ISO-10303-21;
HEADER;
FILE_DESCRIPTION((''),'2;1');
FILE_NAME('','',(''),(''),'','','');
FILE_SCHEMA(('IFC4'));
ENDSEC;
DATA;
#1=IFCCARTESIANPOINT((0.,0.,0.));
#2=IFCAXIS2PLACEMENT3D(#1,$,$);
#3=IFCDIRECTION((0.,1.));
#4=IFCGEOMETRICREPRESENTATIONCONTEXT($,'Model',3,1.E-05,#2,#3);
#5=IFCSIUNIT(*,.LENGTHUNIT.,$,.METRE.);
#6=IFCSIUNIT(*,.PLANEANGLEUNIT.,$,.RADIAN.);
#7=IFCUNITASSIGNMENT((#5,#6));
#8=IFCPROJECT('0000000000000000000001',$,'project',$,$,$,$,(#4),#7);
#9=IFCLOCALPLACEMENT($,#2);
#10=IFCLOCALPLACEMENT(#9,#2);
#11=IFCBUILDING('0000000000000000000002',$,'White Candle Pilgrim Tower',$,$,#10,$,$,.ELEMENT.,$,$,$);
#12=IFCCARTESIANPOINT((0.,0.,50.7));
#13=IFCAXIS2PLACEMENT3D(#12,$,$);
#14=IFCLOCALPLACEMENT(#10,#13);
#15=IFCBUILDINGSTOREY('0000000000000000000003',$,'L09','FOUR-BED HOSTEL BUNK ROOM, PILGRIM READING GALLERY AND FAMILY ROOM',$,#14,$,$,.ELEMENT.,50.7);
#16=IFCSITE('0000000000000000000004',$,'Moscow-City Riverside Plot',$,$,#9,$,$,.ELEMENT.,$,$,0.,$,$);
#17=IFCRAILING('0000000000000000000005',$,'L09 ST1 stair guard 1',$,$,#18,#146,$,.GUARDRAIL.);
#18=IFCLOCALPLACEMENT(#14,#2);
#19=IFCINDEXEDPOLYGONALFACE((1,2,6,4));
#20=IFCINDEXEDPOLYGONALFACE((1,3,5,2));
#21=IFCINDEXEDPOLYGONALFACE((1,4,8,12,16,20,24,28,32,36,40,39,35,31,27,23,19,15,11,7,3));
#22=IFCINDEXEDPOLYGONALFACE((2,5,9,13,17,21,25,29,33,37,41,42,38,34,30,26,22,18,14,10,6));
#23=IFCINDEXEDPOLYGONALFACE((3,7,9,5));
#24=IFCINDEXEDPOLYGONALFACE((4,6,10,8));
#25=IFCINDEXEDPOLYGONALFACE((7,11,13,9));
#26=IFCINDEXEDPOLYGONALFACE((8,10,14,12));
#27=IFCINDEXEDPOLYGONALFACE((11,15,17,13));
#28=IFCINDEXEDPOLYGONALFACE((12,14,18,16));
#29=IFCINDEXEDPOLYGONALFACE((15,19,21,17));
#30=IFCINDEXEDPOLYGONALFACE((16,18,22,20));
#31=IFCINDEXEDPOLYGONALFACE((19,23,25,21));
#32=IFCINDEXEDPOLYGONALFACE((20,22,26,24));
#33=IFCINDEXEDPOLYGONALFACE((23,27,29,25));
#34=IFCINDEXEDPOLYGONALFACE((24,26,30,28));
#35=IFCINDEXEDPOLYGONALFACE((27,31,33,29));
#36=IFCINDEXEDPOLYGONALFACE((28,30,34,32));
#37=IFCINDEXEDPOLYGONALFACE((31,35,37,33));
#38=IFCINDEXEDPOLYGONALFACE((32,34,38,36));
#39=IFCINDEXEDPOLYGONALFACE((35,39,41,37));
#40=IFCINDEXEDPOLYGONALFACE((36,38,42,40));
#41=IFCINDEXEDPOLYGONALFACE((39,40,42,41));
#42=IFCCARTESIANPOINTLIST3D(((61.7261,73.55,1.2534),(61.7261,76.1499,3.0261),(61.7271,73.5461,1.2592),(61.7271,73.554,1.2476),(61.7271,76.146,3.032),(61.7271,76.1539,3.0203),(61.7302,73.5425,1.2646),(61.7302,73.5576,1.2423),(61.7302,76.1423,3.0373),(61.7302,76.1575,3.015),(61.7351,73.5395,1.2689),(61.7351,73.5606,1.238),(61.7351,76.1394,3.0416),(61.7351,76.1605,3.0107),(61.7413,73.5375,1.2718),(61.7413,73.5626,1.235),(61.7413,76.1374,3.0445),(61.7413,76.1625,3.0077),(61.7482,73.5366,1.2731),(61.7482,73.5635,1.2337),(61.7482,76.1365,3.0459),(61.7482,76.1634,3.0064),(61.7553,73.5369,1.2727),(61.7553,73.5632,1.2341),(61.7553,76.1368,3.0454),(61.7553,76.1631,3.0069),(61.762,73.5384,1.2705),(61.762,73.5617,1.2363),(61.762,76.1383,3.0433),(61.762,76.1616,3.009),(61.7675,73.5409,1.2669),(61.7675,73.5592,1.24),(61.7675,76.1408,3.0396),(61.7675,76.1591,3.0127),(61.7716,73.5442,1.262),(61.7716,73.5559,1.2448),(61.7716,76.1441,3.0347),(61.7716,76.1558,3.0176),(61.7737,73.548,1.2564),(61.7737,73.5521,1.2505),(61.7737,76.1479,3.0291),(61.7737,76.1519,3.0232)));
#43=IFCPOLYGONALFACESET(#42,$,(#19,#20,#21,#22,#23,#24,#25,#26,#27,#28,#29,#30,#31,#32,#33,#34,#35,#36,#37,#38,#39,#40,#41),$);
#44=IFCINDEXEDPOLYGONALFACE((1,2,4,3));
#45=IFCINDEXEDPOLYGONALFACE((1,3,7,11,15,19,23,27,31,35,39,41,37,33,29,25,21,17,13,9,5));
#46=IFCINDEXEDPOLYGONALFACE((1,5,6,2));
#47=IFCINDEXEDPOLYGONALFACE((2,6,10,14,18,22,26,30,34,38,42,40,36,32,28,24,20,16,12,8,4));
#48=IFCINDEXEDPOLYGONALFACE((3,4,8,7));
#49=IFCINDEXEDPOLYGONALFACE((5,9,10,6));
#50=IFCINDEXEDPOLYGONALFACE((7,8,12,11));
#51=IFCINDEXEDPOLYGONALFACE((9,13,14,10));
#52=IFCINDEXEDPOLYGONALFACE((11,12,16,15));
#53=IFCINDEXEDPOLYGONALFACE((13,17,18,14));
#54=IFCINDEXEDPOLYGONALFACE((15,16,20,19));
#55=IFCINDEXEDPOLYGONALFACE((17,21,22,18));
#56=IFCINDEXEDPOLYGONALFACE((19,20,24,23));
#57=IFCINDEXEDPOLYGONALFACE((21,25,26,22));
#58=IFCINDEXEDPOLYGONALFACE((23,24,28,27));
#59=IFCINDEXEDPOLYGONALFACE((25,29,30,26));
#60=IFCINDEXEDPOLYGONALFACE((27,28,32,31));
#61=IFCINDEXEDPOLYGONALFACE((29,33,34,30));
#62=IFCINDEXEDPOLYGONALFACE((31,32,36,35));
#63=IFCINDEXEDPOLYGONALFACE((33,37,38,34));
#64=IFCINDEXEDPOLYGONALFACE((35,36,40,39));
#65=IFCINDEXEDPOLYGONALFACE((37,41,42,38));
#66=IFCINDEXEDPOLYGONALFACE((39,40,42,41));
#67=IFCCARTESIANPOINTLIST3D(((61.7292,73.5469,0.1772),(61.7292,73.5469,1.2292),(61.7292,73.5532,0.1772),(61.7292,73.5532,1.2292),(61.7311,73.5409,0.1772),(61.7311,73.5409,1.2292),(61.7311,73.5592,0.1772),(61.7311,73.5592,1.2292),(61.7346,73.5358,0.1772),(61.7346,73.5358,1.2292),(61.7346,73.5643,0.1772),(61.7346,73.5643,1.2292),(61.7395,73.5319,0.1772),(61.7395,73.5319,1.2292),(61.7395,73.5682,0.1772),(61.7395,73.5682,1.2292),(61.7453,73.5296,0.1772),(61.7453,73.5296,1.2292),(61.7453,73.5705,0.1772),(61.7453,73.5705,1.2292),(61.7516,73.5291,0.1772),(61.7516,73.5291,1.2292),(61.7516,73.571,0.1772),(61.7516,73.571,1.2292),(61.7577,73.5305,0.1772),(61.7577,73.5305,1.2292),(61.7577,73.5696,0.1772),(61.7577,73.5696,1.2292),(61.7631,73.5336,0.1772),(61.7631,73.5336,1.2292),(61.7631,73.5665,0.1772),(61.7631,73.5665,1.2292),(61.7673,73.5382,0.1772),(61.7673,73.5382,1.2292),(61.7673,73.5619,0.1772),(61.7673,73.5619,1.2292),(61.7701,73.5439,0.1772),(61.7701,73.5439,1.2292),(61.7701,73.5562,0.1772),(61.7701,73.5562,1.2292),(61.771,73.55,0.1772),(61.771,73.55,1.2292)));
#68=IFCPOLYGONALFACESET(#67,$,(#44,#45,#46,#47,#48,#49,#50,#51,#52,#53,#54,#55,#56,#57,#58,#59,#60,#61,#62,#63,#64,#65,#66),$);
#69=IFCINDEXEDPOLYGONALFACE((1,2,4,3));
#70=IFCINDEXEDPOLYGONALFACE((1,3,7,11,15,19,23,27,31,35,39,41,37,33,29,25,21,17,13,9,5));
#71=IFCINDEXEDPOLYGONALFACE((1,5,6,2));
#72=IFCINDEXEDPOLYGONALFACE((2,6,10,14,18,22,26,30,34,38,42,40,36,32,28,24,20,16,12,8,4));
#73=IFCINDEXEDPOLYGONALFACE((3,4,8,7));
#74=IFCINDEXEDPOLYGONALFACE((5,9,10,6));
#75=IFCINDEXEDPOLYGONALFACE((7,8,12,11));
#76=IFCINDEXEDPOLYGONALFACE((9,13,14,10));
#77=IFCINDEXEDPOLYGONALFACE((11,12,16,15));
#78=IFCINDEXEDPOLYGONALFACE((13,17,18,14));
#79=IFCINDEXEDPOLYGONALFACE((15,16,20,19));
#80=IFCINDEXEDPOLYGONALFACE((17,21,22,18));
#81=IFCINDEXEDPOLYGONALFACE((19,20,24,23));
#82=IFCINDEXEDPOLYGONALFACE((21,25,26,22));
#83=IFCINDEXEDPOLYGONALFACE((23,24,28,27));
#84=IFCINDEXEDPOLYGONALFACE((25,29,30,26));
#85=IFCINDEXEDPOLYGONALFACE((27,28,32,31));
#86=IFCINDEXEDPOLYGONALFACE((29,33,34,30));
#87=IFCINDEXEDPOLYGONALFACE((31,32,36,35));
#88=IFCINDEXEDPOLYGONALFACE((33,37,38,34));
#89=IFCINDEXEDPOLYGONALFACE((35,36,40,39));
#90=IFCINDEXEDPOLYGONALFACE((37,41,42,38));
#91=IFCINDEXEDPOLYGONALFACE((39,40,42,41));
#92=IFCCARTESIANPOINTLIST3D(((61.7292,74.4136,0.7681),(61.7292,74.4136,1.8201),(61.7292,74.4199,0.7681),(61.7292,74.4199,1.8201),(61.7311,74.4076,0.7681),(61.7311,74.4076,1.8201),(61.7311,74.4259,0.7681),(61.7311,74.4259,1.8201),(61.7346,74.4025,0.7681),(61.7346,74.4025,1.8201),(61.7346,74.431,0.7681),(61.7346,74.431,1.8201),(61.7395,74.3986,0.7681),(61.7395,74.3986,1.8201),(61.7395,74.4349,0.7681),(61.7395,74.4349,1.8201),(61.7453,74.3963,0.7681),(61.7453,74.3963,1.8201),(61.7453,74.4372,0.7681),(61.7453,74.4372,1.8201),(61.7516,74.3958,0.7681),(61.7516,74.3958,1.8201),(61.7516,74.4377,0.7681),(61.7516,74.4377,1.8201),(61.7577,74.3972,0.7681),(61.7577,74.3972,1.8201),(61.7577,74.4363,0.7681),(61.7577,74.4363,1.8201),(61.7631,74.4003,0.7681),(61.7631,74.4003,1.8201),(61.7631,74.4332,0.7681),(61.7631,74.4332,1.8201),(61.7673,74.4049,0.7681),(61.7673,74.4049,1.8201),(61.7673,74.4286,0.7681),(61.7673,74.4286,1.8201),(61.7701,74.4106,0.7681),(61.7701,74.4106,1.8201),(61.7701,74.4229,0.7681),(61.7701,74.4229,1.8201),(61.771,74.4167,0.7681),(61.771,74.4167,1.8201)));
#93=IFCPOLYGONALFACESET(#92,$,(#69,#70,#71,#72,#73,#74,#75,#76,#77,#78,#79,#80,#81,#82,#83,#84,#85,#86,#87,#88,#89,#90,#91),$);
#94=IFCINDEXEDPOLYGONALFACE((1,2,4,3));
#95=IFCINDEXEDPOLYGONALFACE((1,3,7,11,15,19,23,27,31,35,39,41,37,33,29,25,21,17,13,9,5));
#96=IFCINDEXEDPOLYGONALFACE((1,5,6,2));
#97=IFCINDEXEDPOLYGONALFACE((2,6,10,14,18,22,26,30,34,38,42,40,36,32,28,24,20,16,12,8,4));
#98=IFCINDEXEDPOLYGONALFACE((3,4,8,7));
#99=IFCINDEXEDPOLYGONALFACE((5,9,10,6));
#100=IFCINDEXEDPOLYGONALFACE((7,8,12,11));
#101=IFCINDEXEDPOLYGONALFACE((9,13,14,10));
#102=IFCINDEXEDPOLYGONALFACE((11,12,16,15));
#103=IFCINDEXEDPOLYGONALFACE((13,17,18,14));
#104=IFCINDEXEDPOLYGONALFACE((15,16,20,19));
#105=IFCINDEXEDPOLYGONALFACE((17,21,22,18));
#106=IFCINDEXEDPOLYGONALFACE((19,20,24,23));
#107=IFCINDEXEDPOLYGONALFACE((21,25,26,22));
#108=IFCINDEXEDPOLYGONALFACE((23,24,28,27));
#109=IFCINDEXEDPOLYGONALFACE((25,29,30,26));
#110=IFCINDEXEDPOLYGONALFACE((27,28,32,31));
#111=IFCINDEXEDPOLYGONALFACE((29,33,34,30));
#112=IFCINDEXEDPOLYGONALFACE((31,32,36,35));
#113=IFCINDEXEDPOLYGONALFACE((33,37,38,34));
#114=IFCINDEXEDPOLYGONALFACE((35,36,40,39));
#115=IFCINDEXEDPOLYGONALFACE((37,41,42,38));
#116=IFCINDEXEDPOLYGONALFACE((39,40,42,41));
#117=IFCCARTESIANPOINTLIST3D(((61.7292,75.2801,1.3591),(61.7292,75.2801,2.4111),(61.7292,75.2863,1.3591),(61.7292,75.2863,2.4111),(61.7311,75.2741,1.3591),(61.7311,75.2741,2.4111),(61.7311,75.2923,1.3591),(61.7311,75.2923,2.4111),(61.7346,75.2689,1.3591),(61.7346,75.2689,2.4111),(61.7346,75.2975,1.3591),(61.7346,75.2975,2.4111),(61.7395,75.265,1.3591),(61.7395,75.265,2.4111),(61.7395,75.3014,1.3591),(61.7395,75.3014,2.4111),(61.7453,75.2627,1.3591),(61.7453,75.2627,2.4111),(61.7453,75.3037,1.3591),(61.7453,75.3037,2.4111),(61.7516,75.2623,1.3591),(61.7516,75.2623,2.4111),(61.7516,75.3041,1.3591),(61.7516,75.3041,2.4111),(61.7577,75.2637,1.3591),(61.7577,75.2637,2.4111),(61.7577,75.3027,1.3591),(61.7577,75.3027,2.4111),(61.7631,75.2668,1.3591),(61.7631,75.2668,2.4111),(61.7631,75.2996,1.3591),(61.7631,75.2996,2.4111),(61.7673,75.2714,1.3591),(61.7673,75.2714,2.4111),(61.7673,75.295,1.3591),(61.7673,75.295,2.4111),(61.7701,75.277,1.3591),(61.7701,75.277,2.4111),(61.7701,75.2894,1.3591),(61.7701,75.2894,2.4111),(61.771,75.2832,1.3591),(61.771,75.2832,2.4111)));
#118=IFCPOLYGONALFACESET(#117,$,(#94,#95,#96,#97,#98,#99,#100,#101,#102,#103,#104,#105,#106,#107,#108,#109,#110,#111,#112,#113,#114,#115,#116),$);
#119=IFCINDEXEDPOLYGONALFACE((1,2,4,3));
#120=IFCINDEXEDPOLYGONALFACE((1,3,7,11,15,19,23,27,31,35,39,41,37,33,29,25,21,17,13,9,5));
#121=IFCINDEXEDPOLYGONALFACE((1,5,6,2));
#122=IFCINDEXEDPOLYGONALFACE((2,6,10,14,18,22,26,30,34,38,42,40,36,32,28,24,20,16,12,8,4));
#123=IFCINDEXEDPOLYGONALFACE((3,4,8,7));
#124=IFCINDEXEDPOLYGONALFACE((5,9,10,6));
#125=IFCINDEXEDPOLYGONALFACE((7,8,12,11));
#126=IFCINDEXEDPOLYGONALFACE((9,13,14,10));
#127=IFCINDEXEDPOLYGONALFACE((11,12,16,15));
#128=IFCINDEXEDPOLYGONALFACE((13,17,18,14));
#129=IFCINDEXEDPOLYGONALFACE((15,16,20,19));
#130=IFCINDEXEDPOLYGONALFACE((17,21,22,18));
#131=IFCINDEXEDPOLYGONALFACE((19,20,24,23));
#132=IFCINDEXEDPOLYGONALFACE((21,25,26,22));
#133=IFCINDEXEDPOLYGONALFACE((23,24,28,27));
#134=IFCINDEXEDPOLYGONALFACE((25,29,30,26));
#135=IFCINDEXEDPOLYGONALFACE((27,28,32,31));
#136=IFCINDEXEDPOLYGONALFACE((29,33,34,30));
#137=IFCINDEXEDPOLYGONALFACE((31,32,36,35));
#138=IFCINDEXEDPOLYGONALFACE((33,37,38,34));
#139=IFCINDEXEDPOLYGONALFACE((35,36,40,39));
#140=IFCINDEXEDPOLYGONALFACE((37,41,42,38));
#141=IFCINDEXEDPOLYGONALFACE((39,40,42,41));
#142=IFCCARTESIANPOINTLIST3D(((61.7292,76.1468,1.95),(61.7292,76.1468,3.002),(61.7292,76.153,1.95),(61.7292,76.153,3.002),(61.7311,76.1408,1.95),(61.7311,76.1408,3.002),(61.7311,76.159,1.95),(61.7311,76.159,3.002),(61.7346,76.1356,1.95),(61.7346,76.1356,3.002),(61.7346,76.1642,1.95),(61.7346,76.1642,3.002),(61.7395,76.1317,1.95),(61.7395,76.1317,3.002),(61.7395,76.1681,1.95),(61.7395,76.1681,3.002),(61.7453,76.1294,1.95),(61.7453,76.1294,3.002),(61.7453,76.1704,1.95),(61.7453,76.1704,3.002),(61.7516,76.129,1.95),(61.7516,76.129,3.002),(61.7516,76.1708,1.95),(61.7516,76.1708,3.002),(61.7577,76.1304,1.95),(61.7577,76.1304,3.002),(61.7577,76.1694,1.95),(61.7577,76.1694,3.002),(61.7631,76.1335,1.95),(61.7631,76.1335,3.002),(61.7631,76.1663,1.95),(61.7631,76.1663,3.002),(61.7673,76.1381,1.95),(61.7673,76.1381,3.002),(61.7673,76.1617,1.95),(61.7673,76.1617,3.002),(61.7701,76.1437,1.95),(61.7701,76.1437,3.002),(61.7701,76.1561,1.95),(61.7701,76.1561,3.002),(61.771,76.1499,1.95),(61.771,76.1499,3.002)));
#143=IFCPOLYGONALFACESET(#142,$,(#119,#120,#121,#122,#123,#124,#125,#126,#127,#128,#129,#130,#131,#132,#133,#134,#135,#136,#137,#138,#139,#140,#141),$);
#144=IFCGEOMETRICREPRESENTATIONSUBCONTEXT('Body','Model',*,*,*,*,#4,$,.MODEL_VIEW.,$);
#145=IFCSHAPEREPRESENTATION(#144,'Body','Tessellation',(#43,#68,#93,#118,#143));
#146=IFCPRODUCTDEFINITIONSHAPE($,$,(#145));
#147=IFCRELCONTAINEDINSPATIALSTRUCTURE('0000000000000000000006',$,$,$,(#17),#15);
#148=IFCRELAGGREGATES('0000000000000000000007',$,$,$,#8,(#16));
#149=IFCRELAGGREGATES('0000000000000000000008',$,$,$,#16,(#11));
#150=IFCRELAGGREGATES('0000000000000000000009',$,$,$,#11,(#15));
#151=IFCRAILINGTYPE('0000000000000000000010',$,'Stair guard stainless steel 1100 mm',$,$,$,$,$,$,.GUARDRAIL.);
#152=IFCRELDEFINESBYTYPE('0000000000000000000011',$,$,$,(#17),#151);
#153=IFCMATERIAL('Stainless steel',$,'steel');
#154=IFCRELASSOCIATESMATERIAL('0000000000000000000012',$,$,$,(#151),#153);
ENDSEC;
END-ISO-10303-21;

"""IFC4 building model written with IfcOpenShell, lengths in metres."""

from ifc_helpers import new_model, si_unit, direction, frame, origin, origin_2d, place, context, subcontext, project, spatial, circle, extrude, material, type_object, element, save


model = new_model("IFC4")

# Units and contexts
model_context = context("Model", 3, precision=1e-05, world=origin(), true_north=direction((0.0, 1.0)))
body_context = subcontext(model_context, "Body", "Model", "MODEL_VIEW")
ifc_project = project(units=[si_unit("LENGTHUNIT", "METRE"), si_unit("PLANEANGLEUNIT", "RADIAN")], contexts=[model_context])

# Site, building, storey
site_placement = place(None, origin())
site = spatial("IfcSite", under=ifc_project, at=site_placement, Name="Moscow-City Riverside Plot", CompositionType="ELEMENT", RefElevation=0.0)
building_placement = place(site_placement, origin())
building = spatial("IfcBuilding", under=site, at=building_placement, Name="White Candle Pilgrim Tower", CompositionType="ELEMENT")
storey_placement = place(building_placement, frame((0.0, 0.0, 50.7)))
storey = spatial("IfcBuildingStorey", under=building, at=storey_placement, Name="L09", Description="FOUR-BED HOSTEL BUNK ROOM, PILGRIM READING GALLERY AND FAMILY ROOM", CompositionType="ELEMENT", Elevation=50.7)

# Railing
ifc_material_1 = material(Name="Stainless steel", Category="steel")
railing_type_1 = type_object("IfcRailingType", Name="Stair guard stainless steel 1100 mm", PredefinedType="GUARDRAIL", material=ifc_material_1)
railing_1_placement = place(storey_placement, frame((61.75, 73.55, 0.1772)))
element("IfcRailing", 1, at=railing_1_placement, inside=storey, type_object=railing_type_1, Name="L09 ST1 stair guard 1", PredefinedType="GUARDRAIL", context=body_context, shape_type="SweptSolid", body=[
    extrude(circle(Radius=0.0239, at=origin_2d()), frame((0.0, 0.0, 1.0762), z_axis=(0.0, 0.826216, 0.563354), x_axis=(-1.0, 0.0, 0.0)), (0.0, 0.0, 1.0), 3.1467),
    extrude(circle(Radius=0.021, at=origin_2d()), origin(), (0.0, 0.0, 1.0), 1.052),
    extrude(circle(Radius=0.021, at=origin_2d()), frame((0.0, 0.8667, 0.5908)), (0.0, 0.0, 1.0), 1.052),
    extrude(circle(Radius=0.021, at=origin_2d()), frame((0.0, 1.7332, 1.1819)), (0.0, 0.0, 1.0), 1.052),
    extrude(circle(Radius=0.021, at=origin_2d()), frame((0.0, 2.5999, 1.7727)), (0.0, 0.0, 1.0), 1.052),
])

save(model, "model.ifc")
